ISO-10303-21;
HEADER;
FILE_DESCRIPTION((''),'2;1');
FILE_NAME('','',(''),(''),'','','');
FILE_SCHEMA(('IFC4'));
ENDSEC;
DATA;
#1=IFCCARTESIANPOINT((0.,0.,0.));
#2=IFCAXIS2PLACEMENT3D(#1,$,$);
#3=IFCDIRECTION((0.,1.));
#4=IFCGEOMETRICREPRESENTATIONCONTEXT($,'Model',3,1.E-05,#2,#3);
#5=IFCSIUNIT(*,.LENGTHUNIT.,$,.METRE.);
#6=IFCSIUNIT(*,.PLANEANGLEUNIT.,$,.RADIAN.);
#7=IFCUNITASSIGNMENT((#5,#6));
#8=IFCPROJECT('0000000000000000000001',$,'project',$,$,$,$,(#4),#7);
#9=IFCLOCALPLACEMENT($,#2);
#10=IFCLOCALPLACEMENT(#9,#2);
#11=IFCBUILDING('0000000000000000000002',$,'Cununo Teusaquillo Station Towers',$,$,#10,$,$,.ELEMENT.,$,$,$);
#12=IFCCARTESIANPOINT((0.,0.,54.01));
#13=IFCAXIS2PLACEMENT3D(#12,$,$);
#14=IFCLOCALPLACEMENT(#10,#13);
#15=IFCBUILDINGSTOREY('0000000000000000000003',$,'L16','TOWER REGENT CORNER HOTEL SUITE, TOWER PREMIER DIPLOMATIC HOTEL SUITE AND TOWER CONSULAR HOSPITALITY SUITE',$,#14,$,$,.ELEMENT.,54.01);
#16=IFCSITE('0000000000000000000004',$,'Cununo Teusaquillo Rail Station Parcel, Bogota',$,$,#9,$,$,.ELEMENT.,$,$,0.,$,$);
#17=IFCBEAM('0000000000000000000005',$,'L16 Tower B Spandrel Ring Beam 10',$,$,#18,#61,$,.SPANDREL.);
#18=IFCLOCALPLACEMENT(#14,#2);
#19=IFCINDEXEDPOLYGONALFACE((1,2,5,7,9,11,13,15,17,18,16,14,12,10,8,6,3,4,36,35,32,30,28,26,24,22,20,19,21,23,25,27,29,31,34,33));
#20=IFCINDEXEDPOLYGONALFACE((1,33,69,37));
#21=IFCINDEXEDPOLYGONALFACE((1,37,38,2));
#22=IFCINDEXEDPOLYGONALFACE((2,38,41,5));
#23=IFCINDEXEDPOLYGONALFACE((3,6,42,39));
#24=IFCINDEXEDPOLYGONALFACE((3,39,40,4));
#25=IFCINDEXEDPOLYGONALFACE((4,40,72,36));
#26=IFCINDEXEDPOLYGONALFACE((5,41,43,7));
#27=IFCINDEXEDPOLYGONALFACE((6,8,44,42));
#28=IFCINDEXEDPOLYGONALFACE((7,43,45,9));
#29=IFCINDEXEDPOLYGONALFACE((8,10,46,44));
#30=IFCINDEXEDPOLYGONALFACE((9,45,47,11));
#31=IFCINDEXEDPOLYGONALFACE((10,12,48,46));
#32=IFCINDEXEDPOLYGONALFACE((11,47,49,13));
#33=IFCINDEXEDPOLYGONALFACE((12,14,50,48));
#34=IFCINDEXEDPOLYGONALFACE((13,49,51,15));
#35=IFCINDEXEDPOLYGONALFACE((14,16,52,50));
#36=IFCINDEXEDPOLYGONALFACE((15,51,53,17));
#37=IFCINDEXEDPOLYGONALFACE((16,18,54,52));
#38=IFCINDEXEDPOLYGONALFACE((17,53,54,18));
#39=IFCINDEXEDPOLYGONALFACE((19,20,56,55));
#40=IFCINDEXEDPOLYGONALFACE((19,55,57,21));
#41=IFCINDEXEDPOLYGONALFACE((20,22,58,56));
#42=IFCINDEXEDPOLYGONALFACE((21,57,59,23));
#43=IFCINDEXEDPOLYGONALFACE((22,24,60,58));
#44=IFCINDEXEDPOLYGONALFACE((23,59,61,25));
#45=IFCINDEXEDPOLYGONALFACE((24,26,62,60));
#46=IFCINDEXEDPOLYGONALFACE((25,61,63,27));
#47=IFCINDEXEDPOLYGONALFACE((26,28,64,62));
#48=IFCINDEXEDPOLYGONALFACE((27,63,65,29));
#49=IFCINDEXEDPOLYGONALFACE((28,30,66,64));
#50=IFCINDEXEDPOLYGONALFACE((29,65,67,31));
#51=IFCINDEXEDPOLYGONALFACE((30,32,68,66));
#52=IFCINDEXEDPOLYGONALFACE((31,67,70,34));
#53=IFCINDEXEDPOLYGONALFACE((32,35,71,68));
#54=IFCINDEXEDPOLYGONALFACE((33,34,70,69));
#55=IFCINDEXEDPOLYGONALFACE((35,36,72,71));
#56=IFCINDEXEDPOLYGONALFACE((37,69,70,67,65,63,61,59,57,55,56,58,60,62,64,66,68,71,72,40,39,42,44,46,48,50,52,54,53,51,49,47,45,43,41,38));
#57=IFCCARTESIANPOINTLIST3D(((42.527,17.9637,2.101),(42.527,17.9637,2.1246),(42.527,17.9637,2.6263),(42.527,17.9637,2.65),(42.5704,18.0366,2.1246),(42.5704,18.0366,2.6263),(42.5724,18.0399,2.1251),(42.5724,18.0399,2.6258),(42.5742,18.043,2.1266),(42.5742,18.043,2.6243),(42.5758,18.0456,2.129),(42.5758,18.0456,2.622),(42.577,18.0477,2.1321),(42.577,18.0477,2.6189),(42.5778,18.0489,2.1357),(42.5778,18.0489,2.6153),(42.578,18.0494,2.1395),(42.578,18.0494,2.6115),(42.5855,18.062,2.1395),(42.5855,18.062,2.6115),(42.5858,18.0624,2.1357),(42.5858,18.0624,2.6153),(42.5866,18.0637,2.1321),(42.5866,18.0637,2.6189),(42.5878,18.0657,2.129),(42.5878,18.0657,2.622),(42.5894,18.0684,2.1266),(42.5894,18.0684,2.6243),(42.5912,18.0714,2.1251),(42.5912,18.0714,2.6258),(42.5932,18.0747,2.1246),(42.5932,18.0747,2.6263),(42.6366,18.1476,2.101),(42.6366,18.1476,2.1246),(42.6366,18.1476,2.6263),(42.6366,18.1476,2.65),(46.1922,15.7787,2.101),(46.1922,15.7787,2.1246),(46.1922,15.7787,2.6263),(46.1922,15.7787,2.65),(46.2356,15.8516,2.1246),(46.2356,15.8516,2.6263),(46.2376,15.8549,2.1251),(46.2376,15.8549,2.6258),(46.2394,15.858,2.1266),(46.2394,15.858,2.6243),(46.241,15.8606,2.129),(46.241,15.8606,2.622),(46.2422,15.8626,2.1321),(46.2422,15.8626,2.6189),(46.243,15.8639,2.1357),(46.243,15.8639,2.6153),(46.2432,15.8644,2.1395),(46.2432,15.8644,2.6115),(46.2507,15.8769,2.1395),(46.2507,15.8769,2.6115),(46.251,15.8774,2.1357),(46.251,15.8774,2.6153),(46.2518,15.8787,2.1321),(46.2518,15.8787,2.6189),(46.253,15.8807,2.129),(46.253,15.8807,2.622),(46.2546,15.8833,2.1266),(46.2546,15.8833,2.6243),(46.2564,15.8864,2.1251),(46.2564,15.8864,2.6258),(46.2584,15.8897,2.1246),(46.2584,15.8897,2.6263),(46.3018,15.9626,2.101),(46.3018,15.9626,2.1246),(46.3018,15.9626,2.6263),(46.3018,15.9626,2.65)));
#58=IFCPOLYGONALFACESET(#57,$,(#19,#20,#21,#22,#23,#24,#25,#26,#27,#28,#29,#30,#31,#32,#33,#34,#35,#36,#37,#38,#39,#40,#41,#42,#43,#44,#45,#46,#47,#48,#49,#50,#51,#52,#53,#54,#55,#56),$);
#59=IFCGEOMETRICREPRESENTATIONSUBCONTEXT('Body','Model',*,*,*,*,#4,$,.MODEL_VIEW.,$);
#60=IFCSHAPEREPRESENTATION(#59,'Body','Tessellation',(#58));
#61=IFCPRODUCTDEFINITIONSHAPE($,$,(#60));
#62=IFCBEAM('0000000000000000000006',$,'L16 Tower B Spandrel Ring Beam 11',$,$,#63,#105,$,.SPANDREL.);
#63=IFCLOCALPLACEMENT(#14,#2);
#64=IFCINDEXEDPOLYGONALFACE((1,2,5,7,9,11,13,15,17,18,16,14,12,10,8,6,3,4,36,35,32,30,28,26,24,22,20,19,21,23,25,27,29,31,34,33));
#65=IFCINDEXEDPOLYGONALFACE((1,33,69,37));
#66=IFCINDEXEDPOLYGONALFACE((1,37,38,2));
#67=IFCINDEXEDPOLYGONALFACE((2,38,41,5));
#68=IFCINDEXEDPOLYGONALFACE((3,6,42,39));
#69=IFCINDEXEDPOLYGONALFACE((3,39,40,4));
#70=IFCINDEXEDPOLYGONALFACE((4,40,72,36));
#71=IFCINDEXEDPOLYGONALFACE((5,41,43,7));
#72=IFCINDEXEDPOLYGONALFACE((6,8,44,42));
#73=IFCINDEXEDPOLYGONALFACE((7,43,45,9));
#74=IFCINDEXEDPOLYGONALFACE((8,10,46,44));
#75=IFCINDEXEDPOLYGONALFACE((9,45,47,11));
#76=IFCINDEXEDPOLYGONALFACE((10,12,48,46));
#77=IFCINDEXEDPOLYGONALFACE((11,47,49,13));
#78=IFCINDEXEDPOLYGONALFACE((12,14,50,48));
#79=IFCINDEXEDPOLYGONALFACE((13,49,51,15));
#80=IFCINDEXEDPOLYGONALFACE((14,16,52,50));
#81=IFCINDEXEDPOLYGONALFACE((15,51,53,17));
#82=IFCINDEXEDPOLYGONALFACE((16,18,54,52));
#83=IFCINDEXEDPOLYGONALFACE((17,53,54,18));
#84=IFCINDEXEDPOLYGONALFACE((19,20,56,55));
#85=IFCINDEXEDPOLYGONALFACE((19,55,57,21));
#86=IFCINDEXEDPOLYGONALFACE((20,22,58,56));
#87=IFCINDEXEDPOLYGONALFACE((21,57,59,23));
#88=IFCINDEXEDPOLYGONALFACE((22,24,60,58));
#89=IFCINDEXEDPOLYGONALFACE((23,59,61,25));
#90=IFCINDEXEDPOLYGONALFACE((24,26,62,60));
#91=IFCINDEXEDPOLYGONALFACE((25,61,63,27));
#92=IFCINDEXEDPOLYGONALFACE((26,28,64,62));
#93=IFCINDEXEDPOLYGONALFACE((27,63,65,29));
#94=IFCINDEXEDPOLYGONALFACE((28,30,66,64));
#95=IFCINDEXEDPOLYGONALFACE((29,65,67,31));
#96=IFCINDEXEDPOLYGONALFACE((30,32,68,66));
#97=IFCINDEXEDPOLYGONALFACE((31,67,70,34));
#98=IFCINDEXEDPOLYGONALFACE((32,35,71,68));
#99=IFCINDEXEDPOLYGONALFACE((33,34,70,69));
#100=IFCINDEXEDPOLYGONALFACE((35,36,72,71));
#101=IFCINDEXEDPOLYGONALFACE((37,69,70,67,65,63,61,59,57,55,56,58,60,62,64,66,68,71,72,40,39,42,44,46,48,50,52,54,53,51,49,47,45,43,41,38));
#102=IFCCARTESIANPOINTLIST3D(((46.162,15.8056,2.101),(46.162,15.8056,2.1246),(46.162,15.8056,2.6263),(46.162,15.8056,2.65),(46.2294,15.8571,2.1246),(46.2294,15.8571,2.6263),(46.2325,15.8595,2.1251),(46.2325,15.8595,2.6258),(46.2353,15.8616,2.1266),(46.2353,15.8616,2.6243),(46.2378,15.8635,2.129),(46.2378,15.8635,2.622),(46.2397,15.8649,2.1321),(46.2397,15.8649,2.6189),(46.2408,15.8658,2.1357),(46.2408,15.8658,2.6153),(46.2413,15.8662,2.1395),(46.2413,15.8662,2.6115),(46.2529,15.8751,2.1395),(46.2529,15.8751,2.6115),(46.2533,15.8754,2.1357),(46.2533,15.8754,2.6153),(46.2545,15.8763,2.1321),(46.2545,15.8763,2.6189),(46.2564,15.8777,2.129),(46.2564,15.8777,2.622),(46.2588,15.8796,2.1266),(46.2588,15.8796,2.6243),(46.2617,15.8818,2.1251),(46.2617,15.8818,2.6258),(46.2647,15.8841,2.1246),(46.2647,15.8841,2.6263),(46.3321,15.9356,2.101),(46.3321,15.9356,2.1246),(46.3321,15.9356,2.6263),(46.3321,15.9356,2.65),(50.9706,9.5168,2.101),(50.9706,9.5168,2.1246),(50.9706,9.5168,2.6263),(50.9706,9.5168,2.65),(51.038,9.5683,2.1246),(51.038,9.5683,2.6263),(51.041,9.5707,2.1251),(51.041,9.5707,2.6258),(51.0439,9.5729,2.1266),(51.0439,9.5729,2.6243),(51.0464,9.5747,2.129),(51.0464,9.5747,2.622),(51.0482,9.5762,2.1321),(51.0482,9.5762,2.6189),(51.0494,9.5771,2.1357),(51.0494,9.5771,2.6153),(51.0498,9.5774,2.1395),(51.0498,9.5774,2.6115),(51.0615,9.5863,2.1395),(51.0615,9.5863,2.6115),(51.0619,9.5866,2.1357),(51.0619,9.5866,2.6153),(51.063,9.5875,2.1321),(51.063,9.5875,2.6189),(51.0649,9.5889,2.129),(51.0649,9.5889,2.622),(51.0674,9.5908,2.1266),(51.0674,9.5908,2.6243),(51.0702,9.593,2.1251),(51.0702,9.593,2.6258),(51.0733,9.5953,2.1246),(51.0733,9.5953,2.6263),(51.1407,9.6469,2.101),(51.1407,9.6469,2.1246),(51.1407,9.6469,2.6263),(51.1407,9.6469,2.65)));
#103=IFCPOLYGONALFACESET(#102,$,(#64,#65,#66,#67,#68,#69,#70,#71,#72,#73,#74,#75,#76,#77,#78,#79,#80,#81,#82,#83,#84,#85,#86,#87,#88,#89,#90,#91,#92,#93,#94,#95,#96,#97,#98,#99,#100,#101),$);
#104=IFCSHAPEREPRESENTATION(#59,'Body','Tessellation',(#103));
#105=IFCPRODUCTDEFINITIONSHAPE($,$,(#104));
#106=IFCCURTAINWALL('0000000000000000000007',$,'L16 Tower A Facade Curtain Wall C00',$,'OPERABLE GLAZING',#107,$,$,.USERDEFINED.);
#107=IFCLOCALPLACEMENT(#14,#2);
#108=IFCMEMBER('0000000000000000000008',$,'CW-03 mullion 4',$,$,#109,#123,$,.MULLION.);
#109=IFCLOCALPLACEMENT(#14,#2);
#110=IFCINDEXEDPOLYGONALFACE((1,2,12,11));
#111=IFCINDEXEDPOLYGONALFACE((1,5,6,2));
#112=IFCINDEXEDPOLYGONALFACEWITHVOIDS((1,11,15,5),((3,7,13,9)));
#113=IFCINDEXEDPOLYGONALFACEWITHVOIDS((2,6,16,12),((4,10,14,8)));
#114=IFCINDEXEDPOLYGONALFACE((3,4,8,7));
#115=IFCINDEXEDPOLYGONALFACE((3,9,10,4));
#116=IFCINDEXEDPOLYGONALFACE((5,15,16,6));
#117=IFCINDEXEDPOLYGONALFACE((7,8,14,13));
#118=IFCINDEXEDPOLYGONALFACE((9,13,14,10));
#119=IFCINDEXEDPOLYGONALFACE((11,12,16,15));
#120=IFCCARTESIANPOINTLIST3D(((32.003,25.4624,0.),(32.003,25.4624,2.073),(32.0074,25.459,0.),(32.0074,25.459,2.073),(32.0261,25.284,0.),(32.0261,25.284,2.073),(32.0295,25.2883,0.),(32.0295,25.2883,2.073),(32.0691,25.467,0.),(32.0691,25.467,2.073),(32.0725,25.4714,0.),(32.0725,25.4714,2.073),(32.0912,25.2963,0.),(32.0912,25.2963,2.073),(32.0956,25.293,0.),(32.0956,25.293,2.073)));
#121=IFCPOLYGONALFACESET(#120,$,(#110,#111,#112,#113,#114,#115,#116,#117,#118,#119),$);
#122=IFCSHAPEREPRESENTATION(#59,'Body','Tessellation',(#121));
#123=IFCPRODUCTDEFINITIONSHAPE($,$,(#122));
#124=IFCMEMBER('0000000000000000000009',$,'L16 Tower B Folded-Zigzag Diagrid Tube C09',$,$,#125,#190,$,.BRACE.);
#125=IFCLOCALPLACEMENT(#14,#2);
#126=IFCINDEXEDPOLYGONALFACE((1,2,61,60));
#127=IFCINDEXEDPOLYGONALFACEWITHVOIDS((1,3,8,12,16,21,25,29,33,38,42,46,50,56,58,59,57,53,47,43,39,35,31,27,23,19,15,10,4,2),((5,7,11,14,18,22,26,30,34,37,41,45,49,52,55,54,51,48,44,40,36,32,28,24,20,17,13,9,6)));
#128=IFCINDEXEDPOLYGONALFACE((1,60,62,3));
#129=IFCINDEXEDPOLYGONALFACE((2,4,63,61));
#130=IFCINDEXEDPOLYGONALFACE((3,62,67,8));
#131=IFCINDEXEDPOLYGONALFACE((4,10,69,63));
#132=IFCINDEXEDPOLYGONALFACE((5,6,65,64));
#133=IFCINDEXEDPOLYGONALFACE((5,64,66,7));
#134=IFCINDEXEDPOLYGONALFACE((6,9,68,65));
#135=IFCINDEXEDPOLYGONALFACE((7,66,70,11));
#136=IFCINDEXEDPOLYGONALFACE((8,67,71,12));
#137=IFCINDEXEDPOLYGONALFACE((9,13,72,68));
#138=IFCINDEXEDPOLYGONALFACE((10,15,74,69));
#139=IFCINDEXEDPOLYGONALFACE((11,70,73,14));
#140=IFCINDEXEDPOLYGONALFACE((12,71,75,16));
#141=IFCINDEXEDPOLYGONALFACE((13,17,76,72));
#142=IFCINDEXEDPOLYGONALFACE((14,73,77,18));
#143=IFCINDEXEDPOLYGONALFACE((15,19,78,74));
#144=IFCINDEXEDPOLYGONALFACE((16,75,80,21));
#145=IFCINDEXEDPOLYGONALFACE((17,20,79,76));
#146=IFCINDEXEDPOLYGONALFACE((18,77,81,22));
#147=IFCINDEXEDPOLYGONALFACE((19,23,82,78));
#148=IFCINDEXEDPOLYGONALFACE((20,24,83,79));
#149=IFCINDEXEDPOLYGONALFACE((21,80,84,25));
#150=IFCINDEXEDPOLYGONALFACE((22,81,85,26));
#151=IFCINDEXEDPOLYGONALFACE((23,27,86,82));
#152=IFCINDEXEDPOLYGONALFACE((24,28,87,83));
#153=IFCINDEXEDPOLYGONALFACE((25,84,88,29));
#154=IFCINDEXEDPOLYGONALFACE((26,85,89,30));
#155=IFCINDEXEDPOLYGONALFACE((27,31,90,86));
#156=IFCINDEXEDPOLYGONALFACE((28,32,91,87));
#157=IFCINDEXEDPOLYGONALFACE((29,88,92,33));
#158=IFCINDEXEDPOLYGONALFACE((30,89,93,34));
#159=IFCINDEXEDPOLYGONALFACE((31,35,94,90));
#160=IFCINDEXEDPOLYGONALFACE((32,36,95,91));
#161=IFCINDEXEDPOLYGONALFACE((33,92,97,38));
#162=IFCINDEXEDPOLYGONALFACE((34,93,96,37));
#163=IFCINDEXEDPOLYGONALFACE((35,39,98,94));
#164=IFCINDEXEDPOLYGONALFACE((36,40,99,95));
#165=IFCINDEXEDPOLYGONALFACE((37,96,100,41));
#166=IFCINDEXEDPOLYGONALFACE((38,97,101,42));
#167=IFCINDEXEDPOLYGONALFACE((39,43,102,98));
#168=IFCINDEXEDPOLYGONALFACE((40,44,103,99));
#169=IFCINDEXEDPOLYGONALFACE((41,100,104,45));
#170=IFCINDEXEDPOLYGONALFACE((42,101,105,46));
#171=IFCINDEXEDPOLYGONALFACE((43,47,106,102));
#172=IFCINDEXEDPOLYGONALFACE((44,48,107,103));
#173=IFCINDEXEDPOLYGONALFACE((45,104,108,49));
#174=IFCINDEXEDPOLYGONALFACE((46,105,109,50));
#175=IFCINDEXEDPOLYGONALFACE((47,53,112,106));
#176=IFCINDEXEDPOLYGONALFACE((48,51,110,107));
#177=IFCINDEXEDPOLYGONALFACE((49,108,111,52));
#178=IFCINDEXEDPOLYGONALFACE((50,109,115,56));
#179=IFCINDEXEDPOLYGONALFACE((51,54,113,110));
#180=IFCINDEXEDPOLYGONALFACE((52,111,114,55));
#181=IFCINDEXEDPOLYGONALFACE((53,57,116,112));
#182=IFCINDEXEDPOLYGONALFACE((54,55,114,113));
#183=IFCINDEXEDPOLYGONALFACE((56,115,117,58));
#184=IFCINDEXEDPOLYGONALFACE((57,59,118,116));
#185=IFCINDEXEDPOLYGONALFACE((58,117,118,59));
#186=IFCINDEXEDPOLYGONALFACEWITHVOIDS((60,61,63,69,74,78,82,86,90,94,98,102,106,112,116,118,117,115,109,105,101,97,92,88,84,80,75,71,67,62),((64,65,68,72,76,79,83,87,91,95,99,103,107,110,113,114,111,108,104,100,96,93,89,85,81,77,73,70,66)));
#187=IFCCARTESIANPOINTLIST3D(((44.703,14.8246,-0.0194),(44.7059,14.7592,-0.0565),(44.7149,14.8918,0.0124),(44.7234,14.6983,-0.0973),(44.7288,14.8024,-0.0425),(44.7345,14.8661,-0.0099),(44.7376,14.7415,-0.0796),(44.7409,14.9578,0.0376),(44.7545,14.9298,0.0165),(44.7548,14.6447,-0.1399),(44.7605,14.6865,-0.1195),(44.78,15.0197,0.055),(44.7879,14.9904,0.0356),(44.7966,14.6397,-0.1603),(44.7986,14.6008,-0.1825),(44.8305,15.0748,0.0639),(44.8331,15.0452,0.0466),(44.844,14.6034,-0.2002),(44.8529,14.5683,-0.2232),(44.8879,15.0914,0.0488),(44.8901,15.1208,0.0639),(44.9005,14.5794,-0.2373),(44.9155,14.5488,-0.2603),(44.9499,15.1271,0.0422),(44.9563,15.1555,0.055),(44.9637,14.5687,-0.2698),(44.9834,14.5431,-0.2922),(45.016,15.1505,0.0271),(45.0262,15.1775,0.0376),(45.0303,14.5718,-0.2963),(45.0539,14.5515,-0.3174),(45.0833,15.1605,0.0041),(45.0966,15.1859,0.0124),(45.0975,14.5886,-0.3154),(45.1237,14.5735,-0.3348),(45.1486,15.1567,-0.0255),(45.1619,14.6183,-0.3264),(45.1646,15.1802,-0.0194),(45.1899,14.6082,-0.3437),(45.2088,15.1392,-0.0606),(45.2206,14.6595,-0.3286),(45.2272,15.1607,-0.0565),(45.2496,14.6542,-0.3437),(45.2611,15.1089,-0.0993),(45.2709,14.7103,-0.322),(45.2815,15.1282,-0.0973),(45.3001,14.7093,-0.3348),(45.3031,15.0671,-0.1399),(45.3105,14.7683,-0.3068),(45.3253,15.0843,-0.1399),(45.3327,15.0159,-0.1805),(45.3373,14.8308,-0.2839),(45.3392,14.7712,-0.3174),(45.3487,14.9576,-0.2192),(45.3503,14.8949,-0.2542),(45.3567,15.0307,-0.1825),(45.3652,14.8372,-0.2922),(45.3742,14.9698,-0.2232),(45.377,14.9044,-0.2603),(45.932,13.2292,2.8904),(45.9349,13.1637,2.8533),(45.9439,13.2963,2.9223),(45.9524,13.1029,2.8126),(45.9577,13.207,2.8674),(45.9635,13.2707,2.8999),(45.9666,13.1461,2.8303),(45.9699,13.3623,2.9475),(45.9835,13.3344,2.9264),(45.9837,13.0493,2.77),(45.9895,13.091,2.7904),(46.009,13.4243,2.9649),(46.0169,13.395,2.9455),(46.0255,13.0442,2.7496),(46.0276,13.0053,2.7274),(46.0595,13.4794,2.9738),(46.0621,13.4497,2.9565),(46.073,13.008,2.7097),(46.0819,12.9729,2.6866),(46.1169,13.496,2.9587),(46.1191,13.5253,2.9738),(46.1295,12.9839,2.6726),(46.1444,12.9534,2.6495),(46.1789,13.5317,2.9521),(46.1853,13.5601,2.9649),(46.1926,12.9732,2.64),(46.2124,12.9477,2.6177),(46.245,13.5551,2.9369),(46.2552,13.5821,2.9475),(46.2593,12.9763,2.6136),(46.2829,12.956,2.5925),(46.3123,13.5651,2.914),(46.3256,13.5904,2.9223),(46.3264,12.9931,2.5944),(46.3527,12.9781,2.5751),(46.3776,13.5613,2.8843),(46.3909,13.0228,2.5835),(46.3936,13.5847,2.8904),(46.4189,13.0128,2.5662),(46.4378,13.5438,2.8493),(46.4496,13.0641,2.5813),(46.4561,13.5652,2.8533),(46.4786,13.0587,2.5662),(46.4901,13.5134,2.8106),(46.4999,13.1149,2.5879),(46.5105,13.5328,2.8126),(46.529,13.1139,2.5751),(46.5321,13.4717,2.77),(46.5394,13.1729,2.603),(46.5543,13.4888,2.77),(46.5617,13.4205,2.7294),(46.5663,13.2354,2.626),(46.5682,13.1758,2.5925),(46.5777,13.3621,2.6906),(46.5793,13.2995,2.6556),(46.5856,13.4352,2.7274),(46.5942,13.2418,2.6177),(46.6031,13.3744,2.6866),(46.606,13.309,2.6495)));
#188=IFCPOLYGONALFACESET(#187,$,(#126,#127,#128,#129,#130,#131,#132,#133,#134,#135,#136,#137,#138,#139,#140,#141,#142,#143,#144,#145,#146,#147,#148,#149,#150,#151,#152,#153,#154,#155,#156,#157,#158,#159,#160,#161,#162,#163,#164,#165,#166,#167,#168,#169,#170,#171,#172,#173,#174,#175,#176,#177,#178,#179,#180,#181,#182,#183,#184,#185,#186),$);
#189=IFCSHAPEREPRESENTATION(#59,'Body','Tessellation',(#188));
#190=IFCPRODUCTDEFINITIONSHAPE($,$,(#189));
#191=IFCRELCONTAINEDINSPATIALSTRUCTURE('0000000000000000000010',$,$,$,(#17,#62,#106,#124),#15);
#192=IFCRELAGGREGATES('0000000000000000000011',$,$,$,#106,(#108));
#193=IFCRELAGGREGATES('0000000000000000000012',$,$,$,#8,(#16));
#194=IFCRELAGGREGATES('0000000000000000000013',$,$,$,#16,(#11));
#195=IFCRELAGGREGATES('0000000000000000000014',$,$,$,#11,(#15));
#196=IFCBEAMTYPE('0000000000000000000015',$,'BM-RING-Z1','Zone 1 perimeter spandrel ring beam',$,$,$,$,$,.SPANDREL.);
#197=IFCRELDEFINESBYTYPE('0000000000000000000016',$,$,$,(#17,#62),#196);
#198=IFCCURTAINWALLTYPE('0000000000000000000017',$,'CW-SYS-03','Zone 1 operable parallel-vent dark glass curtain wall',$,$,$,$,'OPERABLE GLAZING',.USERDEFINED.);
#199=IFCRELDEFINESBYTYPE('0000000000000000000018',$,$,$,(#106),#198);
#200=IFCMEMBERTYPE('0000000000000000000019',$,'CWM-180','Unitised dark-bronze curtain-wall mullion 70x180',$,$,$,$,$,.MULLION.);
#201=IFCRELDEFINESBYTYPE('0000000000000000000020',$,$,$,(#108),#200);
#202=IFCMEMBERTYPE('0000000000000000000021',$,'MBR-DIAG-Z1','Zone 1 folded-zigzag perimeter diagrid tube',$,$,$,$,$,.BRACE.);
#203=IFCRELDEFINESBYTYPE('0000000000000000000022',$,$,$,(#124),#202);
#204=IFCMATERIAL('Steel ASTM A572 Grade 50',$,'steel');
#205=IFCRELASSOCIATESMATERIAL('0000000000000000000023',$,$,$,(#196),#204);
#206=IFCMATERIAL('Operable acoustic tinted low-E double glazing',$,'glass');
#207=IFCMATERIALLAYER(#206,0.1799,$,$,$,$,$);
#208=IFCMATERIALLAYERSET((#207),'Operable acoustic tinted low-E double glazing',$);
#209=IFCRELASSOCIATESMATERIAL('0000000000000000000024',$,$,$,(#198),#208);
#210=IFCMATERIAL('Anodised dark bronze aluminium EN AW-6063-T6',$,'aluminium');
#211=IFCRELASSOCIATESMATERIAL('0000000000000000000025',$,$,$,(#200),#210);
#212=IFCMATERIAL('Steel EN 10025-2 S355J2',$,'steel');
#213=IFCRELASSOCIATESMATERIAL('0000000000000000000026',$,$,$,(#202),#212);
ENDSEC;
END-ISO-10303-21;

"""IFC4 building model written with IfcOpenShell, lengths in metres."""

from ifc_helpers import new_model, si_unit, direction, frame, origin, origin_2d, place, context, subcontext, project, spatial, hollow_rectangle, hollow_circle, i_section, extrude, material, layer, layer_set, material_profile, profile_set, type_object, element, aggregate, save


model = new_model("IFC4")

# Units and contexts
model_context = context("Model", 3, precision=1e-05, world=origin(), true_north=direction((0.0, 1.0)))
body_context = subcontext(model_context, "Body", "Model", "MODEL_VIEW")
ifc_project = project(units=[si_unit("LENGTHUNIT", "METRE"), si_unit("PLANEANGLEUNIT", "RADIAN")], contexts=[model_context])

# Site, building, storey
site_placement = place(None, origin())
site = spatial("IfcSite", under=ifc_project, at=site_placement, Name="Cununo Teusaquillo Rail Station Parcel, Bogota", CompositionType="ELEMENT", RefElevation=0.0)
building_placement = place(site_placement, origin())
building = spatial("IfcBuilding", under=site, at=building_placement, Name="Cununo Teusaquillo Station Towers", CompositionType="ELEMENT")
storey_placement = place(building_placement, frame((0.0, 0.0, 54.01)))
storey = spatial("IfcBuildingStorey", under=building, at=storey_placement, Name="L16", Description="TOWER REGENT CORNER HOTEL SUITE, TOWER PREMIER DIPLOMATIC HOTEL SUITE AND TOWER CONSULAR HOSPITALITY SUITE", CompositionType="ELEMENT", Elevation=54.01)

# Beams
ifc_material_1 = material(Name="Steel ASTM A572 Grade 50", Category="steel")
ifc_material_profile_1 = material_profile(ifc_material_1, i_section(OverallWidth=0.2141, OverallDepth=0.5491, WebThickness=0.0146, FlangeThickness=0.0237, FilletRadius=0.0149, at=origin_2d()), Name="W21X93")
ifc_profile_set_1 = profile_set([ifc_material_profile_1], Name="Steel ASTM A572 Grade 50")
beam_type = type_object("IfcBeamType", Name="BM-RING-Z1", Description="Zone 1 perimeter spandrel ring beam", PredefinedType="SPANDREL", material=ifc_profile_set_1)
beam_1_placement = place(storey_placement, frame((42.5818, 18.0557, 2.3755), z_axis=(0.858948, -0.512062, 0.0), x_axis=(0.512062, 0.858948, 0.0)))
element("IfcBeam", 1, at=beam_1_placement, inside=storey, type_object=beam_type, Name="L16 Tower B Spandrel Ring Beam 10", PredefinedType="SPANDREL", context=body_context, shape_type="SweptSolid", body=[
    extrude(i_section(OverallWidth=0.2141, OverallDepth=0.5491, WebThickness=0.0146, FlangeThickness=0.0237, FilletRadius=0.0149, at=origin_2d()), origin(), (0.0, 0.0, 1.0), 4.2671),
])
beam_2_placement = place(storey_placement, frame((46.2471, 15.8706, 2.3755), z_axis=(0.60741, -0.794388, 0.0), x_axis=(0.794388, 0.60741, 0.0)))
element("IfcBeam", 2, at=beam_2_placement, inside=storey, type_object=beam_type, Name="L16 Tower B Spandrel Ring Beam 11", PredefinedType="SPANDREL", context=body_context, shape_type="SweptSolid", body=[
    extrude(i_section(OverallWidth=0.2141, OverallDepth=0.5491, WebThickness=0.0146, FlangeThickness=0.0237, FilletRadius=0.0149, at=origin_2d()), origin(), (0.0, 0.0, 1.0), 7.9165),
])

# Curtain wall, member
ifc_material_2 = material(Name="Operable acoustic tinted low-E double glazing", Category="glass")
ifc_layer_1 = layer(ifc_material_2, 0.1799)
ifc_layer_set_1 = layer_set([ifc_layer_1], Name="Operable acoustic tinted low-E double glazing")
curtain_wall_type = type_object("IfcCurtainWallType", Name="CW-SYS-03", Description="Zone 1 operable parallel-vent dark glass curtain wall", ElementType="OPERABLE GLAZING", PredefinedType="USERDEFINED", material=ifc_layer_set_1)
curtain_wall_placement = place(storey_placement, origin())
curtain_wall = element("IfcCurtainWall", 3, at=curtain_wall_placement, inside=storey, type_object=curtain_wall_type, Name="L16 Tower A Facade Curtain Wall C00", ObjectType="OPERABLE GLAZING", PredefinedType="USERDEFINED")
ifc_material_3 = material(Name="Anodised dark bronze aluminium EN AW-6063-T6", Category="aluminium")
ifc_material_profile_2 = material_profile(ifc_material_3, hollow_rectangle(XDim=0.0701, YDim=0.1799, WallThickness=0.0039, at=origin_2d()), Name="CW-MULL-70x180")
ifc_profile_set_2 = profile_set([ifc_material_profile_2], Name="Anodised dark bronze aluminium EN AW-6063-T6")
member_type_1 = type_object("IfcMemberType", Name="CWM-180", Description="Unitised dark-bronze curtain-wall mullion 70x180", PredefinedType="MULLION", material=ifc_profile_set_2)
member_1_placement = place(storey_placement, frame((32.0493, 25.3777, 0.0), z_axis=(0.0, 0.0, 1.0), x_axis=(0.991731, 0.128336, 0.0)))
member_1 = element("IfcMember", 4, at=member_1_placement, type_object=member_type_1, Name="CW-03 mullion 4", PredefinedType="MULLION", context=body_context, shape_type="SweptSolid", body=[
    extrude(hollow_rectangle(XDim=0.0701, YDim=0.1799, WallThickness=0.0039, at=origin_2d()), origin(), (0.0, 0.0, 1.0), 2.073),
])
aggregate(curtain_wall, [member_1])

# Member
ifc_material_4 = material(Name="Steel EN 10025-2 S355J2", Category="steel")
ifc_material_profile_3 = material_profile(ifc_material_4, hollow_circle(Radius=0.3601, WallThickness=0.0281, at=origin_2d()), Name="CHS 720x28")
ifc_profile_set_3 = profile_set([ifc_material_profile_3], Name="Steel EN 10025-2 S355J2")
member_type_2 = type_object("IfcMemberType", Name="MBR-DIAG-Z1", Description="Zone 1 folded-zigzag perimeter diagrid tube", PredefinedType="BRACE", material=ifc_profile_set_3)
member_2_placement = place(storey_placement, frame((45.04, 14.8645, -0.1399), z_axis=(0.347288, -0.45084, 0.822274), x_axis=(0.792209, 0.61025, 0.0)))
element("IfcMember", 5, at=member_2_placement, inside=storey, type_object=member_type_2, Name="L16 Tower B Folded-Zigzag Diagrid Tube C09", PredefinedType="BRACE", context=body_context, shape_type="SweptSolid", body=[
    extrude(hollow_circle(Radius=0.3601, WallThickness=0.0281, at=origin_2d()), origin(), (0.0, 0.0, 1.0), 3.5388),
])

save(model, "model.ifc")
